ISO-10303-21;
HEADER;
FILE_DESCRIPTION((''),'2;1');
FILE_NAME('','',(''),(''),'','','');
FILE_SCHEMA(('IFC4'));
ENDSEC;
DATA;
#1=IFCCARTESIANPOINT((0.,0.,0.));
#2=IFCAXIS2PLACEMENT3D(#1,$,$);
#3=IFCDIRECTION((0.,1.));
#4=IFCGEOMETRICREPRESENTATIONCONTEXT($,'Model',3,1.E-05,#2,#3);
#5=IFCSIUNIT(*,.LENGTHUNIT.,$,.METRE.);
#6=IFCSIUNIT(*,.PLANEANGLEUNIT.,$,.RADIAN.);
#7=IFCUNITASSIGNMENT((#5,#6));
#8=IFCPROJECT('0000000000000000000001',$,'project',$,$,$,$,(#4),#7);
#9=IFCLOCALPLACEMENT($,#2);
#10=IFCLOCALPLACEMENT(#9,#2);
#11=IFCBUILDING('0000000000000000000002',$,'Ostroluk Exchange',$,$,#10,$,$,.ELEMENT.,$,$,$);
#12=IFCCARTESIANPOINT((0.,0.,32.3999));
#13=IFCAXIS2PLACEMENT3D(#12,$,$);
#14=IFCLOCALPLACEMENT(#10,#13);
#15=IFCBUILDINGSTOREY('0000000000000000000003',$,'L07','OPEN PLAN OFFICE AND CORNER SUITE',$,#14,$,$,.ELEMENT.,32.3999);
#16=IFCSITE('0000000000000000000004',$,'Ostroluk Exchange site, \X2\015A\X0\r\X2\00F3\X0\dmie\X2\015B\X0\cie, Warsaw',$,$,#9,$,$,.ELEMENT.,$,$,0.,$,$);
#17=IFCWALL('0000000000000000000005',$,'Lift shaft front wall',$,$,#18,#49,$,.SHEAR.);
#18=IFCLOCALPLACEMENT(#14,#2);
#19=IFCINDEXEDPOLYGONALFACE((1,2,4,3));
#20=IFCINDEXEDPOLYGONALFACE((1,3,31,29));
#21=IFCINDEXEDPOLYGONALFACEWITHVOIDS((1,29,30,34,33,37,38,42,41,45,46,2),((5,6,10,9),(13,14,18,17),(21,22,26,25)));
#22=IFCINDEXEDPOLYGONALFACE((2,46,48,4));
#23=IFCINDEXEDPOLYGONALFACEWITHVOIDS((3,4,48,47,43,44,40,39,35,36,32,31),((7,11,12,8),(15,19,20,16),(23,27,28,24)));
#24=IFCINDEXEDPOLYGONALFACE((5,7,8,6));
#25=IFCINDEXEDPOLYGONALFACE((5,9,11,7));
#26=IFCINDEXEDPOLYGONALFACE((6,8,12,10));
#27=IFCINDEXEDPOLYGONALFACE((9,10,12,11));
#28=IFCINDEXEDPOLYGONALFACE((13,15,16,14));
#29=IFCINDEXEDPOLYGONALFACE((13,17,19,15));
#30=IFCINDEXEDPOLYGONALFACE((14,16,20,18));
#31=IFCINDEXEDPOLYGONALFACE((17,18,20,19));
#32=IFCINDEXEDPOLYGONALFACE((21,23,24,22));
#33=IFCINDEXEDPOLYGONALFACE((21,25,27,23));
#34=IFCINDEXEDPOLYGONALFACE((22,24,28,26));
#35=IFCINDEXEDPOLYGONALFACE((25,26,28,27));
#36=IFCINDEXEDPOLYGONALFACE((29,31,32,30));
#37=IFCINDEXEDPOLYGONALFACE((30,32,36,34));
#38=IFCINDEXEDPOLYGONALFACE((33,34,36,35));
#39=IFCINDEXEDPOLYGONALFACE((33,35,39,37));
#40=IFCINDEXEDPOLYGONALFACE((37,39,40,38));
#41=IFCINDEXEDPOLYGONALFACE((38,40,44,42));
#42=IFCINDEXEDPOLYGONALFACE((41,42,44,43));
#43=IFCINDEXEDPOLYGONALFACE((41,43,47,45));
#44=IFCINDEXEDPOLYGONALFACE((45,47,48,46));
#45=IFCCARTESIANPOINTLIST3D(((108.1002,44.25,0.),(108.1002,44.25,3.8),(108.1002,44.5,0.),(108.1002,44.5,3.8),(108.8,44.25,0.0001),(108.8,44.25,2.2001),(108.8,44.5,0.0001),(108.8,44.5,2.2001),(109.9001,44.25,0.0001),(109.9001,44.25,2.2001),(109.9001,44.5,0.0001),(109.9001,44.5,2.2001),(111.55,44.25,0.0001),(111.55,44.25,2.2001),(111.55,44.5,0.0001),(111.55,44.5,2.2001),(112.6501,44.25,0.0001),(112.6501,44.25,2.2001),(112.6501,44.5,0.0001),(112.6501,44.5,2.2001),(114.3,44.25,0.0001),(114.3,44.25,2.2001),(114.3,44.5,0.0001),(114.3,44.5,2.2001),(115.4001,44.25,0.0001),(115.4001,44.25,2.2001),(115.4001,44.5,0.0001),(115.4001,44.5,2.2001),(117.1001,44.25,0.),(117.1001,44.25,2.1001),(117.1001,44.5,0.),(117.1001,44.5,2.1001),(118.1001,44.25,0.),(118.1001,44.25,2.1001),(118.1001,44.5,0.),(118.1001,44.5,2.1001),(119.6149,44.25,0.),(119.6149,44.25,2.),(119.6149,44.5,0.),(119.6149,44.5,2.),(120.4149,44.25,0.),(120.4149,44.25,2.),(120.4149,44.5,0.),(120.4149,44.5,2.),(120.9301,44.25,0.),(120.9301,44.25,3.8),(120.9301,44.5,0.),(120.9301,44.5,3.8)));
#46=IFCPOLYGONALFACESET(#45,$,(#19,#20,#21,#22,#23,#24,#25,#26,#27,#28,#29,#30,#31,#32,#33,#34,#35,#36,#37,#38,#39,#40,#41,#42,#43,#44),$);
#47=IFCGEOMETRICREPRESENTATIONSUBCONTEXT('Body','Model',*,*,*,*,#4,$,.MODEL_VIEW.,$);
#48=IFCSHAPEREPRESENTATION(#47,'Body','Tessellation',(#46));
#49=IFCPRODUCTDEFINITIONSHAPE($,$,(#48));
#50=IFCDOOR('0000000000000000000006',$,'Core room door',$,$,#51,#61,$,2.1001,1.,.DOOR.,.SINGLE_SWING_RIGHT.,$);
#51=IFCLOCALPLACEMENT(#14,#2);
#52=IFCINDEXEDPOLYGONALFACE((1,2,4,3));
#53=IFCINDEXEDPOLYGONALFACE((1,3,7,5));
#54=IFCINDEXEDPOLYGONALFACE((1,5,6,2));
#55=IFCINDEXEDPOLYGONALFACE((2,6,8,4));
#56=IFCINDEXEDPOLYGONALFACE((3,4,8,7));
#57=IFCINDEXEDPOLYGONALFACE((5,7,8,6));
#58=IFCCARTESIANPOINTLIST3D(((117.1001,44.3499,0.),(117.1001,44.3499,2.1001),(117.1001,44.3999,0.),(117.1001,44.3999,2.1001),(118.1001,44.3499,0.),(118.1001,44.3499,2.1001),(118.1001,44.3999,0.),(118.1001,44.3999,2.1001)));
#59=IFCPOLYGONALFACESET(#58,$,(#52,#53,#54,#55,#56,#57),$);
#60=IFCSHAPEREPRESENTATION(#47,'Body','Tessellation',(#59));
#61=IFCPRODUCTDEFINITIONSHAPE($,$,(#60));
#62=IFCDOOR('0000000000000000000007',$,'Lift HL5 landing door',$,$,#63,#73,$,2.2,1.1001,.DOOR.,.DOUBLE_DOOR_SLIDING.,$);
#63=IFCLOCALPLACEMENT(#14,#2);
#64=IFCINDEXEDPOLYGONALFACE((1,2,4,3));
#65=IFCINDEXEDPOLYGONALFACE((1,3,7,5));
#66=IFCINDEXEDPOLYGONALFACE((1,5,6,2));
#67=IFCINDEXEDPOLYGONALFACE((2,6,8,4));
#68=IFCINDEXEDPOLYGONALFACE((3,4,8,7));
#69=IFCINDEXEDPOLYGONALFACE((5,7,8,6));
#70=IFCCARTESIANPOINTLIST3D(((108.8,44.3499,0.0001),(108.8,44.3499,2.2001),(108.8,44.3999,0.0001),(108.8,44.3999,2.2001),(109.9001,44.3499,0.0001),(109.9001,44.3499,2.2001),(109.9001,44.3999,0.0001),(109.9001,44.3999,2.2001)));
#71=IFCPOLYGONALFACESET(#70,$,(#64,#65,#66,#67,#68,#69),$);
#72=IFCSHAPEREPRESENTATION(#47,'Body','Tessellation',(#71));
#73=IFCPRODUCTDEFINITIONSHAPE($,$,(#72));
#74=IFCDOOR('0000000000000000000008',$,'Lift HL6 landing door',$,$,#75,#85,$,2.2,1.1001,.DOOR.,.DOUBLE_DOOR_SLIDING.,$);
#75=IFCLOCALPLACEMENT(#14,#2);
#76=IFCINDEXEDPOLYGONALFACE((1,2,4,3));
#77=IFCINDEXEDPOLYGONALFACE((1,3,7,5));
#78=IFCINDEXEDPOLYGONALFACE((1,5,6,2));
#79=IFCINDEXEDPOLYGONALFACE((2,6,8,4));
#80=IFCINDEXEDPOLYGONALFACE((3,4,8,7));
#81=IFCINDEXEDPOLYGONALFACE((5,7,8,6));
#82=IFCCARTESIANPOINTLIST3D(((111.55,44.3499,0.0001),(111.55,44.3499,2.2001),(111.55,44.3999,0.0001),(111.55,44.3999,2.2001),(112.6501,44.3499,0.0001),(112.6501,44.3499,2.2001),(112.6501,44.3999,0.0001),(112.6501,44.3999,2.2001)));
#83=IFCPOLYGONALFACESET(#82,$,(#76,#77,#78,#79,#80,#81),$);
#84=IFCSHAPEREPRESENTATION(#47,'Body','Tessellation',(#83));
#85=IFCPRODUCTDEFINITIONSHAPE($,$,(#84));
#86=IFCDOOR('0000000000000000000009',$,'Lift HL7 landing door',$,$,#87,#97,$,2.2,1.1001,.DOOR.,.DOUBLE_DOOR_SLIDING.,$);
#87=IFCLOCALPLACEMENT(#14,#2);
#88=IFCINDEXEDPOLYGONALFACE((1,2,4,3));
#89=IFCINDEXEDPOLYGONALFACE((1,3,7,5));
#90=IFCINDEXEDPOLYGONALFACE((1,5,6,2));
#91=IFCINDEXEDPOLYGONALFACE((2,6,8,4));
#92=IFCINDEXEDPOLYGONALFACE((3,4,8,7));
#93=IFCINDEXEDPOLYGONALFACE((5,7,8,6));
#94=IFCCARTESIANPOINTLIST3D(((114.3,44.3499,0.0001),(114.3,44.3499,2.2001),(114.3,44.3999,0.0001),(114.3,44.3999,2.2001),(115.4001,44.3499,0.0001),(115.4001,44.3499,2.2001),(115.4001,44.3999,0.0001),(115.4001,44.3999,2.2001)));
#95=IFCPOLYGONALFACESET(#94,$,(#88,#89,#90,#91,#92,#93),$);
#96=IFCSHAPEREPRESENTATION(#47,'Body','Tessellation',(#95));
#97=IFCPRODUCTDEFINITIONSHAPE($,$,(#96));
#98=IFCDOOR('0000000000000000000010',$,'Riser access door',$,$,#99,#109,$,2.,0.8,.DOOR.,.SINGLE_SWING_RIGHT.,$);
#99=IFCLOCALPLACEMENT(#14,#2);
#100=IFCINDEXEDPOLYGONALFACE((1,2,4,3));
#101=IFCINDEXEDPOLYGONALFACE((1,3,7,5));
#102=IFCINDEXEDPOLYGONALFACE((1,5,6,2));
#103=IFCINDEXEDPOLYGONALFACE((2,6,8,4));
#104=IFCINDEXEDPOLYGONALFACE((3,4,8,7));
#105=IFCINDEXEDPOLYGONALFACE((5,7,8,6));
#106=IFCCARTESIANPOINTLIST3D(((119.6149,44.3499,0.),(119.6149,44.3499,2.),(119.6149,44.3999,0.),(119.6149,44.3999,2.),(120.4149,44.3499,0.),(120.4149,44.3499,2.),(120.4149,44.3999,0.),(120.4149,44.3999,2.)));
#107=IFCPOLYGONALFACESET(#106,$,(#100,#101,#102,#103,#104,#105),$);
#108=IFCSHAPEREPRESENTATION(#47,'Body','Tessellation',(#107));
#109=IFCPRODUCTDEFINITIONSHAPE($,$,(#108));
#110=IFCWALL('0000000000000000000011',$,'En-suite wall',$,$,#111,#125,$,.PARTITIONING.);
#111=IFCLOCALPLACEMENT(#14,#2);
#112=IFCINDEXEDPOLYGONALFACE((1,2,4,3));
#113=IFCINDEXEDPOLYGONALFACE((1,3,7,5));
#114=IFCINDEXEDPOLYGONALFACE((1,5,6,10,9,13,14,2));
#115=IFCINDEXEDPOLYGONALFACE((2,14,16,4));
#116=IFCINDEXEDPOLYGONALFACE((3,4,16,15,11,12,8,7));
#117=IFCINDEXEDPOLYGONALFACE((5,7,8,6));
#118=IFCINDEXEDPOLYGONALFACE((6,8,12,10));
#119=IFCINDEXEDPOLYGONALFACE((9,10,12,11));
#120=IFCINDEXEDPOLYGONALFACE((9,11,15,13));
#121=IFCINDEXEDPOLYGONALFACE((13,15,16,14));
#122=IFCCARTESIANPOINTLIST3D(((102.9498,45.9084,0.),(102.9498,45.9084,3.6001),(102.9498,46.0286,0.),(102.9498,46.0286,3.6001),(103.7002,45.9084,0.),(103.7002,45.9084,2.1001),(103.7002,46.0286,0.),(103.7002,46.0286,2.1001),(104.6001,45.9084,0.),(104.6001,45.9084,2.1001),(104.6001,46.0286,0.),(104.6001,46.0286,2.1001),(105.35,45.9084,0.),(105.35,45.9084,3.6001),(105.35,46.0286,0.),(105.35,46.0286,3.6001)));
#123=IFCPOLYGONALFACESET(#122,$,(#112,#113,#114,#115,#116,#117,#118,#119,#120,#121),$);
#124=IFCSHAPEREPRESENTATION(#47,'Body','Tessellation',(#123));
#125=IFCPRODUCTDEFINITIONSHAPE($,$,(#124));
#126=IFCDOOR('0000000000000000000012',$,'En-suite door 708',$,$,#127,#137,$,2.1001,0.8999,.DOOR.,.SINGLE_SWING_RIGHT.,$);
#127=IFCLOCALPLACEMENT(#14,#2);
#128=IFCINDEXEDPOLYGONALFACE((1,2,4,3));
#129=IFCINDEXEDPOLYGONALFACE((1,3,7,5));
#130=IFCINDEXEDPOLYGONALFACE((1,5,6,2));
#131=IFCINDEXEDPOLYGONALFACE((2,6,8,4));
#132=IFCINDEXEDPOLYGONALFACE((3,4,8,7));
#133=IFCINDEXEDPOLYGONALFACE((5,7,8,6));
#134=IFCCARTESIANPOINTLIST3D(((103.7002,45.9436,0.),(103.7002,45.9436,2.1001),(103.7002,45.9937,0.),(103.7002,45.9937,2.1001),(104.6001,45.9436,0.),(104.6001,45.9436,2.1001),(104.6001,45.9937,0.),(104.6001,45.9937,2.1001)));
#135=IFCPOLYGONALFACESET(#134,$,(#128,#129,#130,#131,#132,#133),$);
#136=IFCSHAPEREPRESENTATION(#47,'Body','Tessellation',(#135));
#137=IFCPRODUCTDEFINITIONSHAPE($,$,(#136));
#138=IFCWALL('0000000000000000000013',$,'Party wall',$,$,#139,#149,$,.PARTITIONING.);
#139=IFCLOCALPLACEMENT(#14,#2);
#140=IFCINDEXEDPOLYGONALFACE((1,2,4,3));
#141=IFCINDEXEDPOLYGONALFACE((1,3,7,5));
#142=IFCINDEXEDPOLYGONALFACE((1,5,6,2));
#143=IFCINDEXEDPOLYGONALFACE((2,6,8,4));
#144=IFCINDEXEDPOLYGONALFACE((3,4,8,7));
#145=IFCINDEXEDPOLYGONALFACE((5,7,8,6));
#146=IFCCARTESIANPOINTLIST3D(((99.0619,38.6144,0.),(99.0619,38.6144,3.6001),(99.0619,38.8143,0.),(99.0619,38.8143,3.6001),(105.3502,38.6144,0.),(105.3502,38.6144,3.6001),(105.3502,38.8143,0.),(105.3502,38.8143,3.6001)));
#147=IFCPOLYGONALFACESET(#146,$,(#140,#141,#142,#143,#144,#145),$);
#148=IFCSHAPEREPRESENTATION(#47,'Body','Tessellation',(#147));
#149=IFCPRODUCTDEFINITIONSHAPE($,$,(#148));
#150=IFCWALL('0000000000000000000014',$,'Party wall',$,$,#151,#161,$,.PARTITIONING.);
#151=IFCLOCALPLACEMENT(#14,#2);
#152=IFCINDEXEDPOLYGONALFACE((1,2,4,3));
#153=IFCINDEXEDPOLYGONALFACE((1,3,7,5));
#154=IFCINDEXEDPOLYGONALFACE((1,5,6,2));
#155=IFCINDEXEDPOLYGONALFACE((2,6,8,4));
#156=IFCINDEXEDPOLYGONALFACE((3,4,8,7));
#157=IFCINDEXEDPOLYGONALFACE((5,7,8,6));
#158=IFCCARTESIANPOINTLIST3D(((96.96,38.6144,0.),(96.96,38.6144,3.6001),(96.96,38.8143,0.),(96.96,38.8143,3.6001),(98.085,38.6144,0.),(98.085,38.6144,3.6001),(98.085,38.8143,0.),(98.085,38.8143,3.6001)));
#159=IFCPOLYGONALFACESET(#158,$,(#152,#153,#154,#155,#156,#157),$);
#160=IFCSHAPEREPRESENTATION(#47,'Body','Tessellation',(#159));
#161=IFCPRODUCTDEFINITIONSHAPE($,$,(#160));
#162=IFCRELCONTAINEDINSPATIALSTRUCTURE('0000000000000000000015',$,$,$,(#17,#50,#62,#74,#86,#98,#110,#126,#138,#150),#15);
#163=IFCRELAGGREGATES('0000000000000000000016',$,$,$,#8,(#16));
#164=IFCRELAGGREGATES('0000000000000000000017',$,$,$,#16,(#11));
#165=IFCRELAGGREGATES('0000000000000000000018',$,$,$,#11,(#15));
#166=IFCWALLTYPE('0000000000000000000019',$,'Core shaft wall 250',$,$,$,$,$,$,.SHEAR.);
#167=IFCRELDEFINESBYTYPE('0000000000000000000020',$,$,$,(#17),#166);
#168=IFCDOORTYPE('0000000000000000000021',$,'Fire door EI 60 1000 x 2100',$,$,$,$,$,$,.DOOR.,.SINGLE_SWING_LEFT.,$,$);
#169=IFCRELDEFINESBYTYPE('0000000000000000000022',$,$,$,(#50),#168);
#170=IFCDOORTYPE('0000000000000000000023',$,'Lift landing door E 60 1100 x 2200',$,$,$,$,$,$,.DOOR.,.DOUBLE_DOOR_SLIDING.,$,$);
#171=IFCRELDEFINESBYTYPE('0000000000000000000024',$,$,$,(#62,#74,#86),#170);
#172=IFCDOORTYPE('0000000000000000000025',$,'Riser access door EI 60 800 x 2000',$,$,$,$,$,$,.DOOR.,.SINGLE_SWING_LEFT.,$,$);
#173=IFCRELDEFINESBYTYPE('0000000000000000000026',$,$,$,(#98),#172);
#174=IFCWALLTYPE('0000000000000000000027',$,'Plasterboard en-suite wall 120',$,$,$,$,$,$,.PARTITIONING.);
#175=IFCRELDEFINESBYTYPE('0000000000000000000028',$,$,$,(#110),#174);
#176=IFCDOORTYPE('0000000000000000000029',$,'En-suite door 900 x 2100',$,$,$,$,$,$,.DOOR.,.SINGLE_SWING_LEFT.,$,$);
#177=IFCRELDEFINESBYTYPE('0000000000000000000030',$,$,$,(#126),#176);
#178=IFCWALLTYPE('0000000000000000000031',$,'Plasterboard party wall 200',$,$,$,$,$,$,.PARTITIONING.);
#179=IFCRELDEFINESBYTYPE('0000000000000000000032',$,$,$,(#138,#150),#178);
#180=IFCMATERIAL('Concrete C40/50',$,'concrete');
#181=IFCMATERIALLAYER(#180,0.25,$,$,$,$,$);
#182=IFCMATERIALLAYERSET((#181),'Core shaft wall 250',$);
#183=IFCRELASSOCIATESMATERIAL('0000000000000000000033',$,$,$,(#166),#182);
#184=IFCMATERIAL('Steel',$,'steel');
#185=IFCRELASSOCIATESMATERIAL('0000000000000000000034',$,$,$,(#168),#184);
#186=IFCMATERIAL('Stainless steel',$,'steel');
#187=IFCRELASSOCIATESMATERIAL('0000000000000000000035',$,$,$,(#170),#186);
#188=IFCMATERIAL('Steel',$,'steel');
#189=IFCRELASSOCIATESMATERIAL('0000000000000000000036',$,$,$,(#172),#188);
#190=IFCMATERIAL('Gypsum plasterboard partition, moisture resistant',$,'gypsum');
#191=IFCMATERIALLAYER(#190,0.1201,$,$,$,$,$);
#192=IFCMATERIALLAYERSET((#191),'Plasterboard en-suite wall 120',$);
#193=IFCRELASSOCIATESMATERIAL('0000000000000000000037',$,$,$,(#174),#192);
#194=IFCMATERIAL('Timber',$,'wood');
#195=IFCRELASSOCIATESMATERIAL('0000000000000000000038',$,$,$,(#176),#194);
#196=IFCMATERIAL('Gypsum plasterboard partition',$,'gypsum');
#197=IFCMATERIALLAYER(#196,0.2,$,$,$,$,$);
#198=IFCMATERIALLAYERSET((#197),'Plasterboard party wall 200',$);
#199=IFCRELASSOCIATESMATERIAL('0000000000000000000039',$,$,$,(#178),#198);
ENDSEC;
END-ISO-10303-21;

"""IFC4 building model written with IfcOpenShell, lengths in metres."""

from ifc_helpers import new_model, si_unit, direction, frame, frame_2d, origin, place, context, subcontext, project, spatial, rectangle, extrude, material, layer, layer_set, type_object, element, fill, save


model = new_model("IFC4")

# Units and contexts
model_context = context("Model", 3, precision=1e-05, world=origin(), true_north=direction((0.0, 1.0)))
body_context = subcontext(model_context, "Body", "Model", "MODEL_VIEW")
ifc_project = project(units=[si_unit("LENGTHUNIT", "METRE"), si_unit("PLANEANGLEUNIT", "RADIAN")], contexts=[model_context])

# Site, building, storey
site_placement = place(None, origin())
site = spatial("IfcSite", under=ifc_project, at=site_placement, Name="Ostroluk Exchange site, Śródmieście, Warsaw", CompositionType="ELEMENT", RefElevation=0.0)
building_placement = place(site_placement, origin())
building = spatial("IfcBuilding", under=site, at=building_placement, Name="Ostroluk Exchange", CompositionType="ELEMENT")
storey_placement = place(building_placement, frame((0.0, 0.0, 32.3999)))
storey = spatial("IfcBuildingStorey", under=building, at=storey_placement, Name="L07", Description="OPEN PLAN OFFICE AND CORNER SUITE", CompositionType="ELEMENT", Elevation=32.3999)

# Shared definitions
ifc_material_1 = material(Name="Concrete C40/50", Category="concrete")
ifc_layer_1 = layer(ifc_material_1, 0.25)
ifc_layer_set_1 = layer_set([ifc_layer_1], Name="Core shaft wall 250")
wall_type_1 = type_object("IfcWallType", Name="Core shaft wall 250", PredefinedType="SHEAR", material=ifc_layer_set_1)

# Wall, openings, doors
wall_1_placement = place(storey_placement, frame((108.1001, 44.375, 0.0), z_axis=(0.0, 0.0, 1.0), x_axis=(1.0, 0.0, 0.0)))
wall_1 = element("IfcWall", 1, at=wall_1_placement, inside=storey, type_object=wall_type_1, Name="Lift shaft front wall", PredefinedType="SHEAR", context=body_context, shape_type="SweptSolid", body=[
    extrude(rectangle(XDim=12.8298, YDim=0.25, at=frame_2d((6.415, 0.0))), origin(), (0.0, 0.0, 1.0), 3.8),
])
opening_1_placement = place(wall_1_placement, frame((0.7, 0.0, 0.0)))
opening_1 = element("IfcOpeningElement", 2, at=opening_1_placement, cuts=wall_1, PredefinedType="OPENING", context=body_context, shape_type="SweptSolid", body=[
    extrude(rectangle(XDim=1.1001, YDim=2.2, at=frame_2d((0.55, 1.1001))), frame((0.0, 0.135, 0.0), z_axis=(0.0, -1.0, 0.0), x_axis=(1.0, 0.0, 0.0)), (0.0, 0.0, 1.0), 0.27),
])
opening_2_placement = place(wall_1_placement, frame((3.45, 0.0, 0.0)))
opening_2 = element("IfcOpeningElement", 3, at=opening_2_placement, cuts=wall_1, PredefinedType="OPENING", context=body_context, shape_type="SweptSolid", body=[
    extrude(rectangle(XDim=1.1001, YDim=2.2, at=frame_2d((0.55, 1.1001))), frame((0.0, 0.135, 0.0), z_axis=(0.0, -1.0, 0.0), x_axis=(1.0, 0.0, 0.0)), (0.0, 0.0, 1.0), 0.27),
])
opening_3_placement = place(wall_1_placement, frame((6.2, 0.0, 0.0)))
opening_3 = element("IfcOpeningElement", 4, at=opening_3_placement, cuts=wall_1, PredefinedType="OPENING", context=body_context, shape_type="SweptSolid", body=[
    extrude(rectangle(XDim=1.1001, YDim=2.2, at=frame_2d((0.55, 1.1001))), frame((0.0, 0.135, 0.0), z_axis=(0.0, -1.0, 0.0), x_axis=(1.0, 0.0, 0.0)), (0.0, 0.0, 1.0), 0.27),
])
opening_4_placement = place(wall_1_placement, frame((9.0, 0.0, 0.0)))
opening_4 = element("IfcOpeningElement", 5, at=opening_4_placement, cuts=wall_1, PredefinedType="OPENING", context=body_context, shape_type="SweptSolid", body=[
    extrude(rectangle(XDim=1.0, YDim=2.1001, at=frame_2d((0.5, 1.05))), frame((0.0, 0.135, 0.0), z_axis=(0.0, -1.0, 0.0), x_axis=(1.0, 0.0, 0.0)), (0.0, 0.0, 1.0), 0.27),
])
opening_5_placement = place(wall_1_placement, frame((11.5149, 0.0, 0.0)))
opening_5 = element("IfcOpeningElement", 6, at=opening_5_placement, cuts=wall_1, PredefinedType="OPENING", context=body_context, shape_type="SweptSolid", body=[
    extrude(rectangle(XDim=0.8, YDim=2.0, at=frame_2d((0.3999, 1.0))), frame((0.0, 0.135, 0.0), z_axis=(0.0, -1.0, 0.0), x_axis=(1.0, 0.0, 0.0)), (0.0, 0.0, 1.0), 0.27),
])
ifc_material_2 = material(Name="Steel", Category="steel")
door_type_1 = type_object("IfcDoorType", Name="Fire door EI 60 1000 x 2100", OperationType="SINGLE_SWING_LEFT", PredefinedType="DOOR", material=ifc_material_2)
door_1_placement = place(opening_4_placement, origin())
door_1 = element("IfcDoor", 7, at=door_1_placement, inside=storey, type_object=door_type_1, Name="Core room door", OperationType="SINGLE_SWING_RIGHT", OverallHeight=2.1001, OverallWidth=1.0, PredefinedType="DOOR", context=body_context, shape_type="SweptSolid", body=[
    extrude(rectangle(XDim=1.0, YDim=2.1001, at=frame_2d((0.5, 1.05))), frame((0.0, 0.0249, 0.0), z_axis=(0.0, -1.0, 0.0), x_axis=(1.0, 0.0, 0.0)), (0.0, 0.0, 1.0), 0.05),
])
fill(opening_4, door_1)
ifc_material_3 = material(Name="Stainless steel", Category="steel")
door_type_2 = type_object("IfcDoorType", Name="Lift landing door E 60 1100 x 2200", OperationType="DOUBLE_DOOR_SLIDING", PredefinedType="DOOR", material=ifc_material_3)
door_2_placement = place(opening_1_placement, origin())
door_2 = element("IfcDoor", 8, at=door_2_placement, inside=storey, type_object=door_type_2, Name="Lift HL5 landing door", OperationType="DOUBLE_DOOR_SLIDING", OverallHeight=2.2, OverallWidth=1.1001, PredefinedType="DOOR", context=body_context, shape_type="SweptSolid", body=[
    extrude(rectangle(XDim=1.1001, YDim=2.2, at=frame_2d((0.55, 1.1001))), frame((0.0, 0.0249, 0.0), z_axis=(0.0, -1.0, 0.0), x_axis=(1.0, 0.0, 0.0)), (0.0, 0.0, 1.0), 0.05),
])
fill(opening_1, door_2)
door_3_placement = place(opening_2_placement, origin())
door_3 = element("IfcDoor", 9, at=door_3_placement, inside=storey, type_object=door_type_2, Name="Lift HL6 landing door", OperationType="DOUBLE_DOOR_SLIDING", OverallHeight=2.2, OverallWidth=1.1001, PredefinedType="DOOR", context=body_context, shape_type="SweptSolid", body=[
    extrude(rectangle(XDim=1.1001, YDim=2.2, at=frame_2d((0.55, 1.1001))), frame((0.0, 0.0249, 0.0), z_axis=(0.0, -1.0, 0.0), x_axis=(1.0, 0.0, 0.0)), (0.0, 0.0, 1.0), 0.05),
])
fill(opening_2, door_3)
door_4_placement = place(opening_3_placement, origin())
door_4 = element("IfcDoor", 10, at=door_4_placement, inside=storey, type_object=door_type_2, Name="Lift HL7 landing door", OperationType="DOUBLE_DOOR_SLIDING", OverallHeight=2.2, OverallWidth=1.1001, PredefinedType="DOOR", context=body_context, shape_type="SweptSolid", body=[
    extrude(rectangle(XDim=1.1001, YDim=2.2, at=frame_2d((0.55, 1.1001))), frame((0.0, 0.0249, 0.0), z_axis=(0.0, -1.0, 0.0), x_axis=(1.0, 0.0, 0.0)), (0.0, 0.0, 1.0), 0.05),
])
fill(opening_3, door_4)
ifc_material_4 = material(Name="Steel", Category="steel")
door_type_3 = type_object("IfcDoorType", Name="Riser access door EI 60 800 x 2000", OperationType="SINGLE_SWING_LEFT", PredefinedType="DOOR", material=ifc_material_4)
door_5_placement = place(opening_5_placement, origin())
door_5 = element("IfcDoor", 11, at=door_5_placement, inside=storey, type_object=door_type_3, Name="Riser access door", OperationType="SINGLE_SWING_RIGHT", OverallHeight=2.0, OverallWidth=0.8, PredefinedType="DOOR", context=body_context, shape_type="SweptSolid", body=[
    extrude(rectangle(XDim=0.8, YDim=2.0, at=frame_2d((0.3999, 1.0))), frame((0.0, 0.0249, 0.0), z_axis=(0.0, -1.0, 0.0), x_axis=(1.0, 0.0, 0.0)), (0.0, 0.0, 1.0), 0.05),
])
fill(opening_5, door_5)

# Wall, opening, door
ifc_material_5 = material(Name="Gypsum plasterboard partition, moisture resistant", Category="gypsum")
ifc_layer_2 = layer(ifc_material_5, 0.1201)
ifc_layer_set_2 = layer_set([ifc_layer_2], Name="Plasterboard en-suite wall 120")
wall_type_2 = type_object("IfcWallType", Name="Plasterboard en-suite wall 120", PredefinedType="PARTITIONING", material=ifc_layer_set_2)
wall_2_placement = place(storey_placement, frame((105.3501, 45.9685, 0.0), z_axis=(0.0, 0.0, 1.0), x_axis=(-1.0, 0.0, 0.0)))
wall_2 = element("IfcWall", 12, at=wall_2_placement, inside=storey, type_object=wall_type_2, Name="En-suite wall", PredefinedType="PARTITIONING", context=body_context, shape_type="SweptSolid", body=[
    extrude(rectangle(XDim=2.4001, YDim=0.1201, at=frame_2d((1.2002, 0.0))), origin(), (0.0, 0.0, 1.0), 3.6001),
])
opening_6_placement = place(wall_2_placement, frame((0.75, 0.0, 0.0)))
opening_6 = element("IfcOpeningElement", 13, at=opening_6_placement, cuts=wall_2, PredefinedType="OPENING", context=body_context, shape_type="SweptSolid", body=[
    extrude(rectangle(XDim=0.8999, YDim=2.1001, at=frame_2d((0.45, 1.05))), frame((0.0, 0.0701, 0.0), z_axis=(0.0, -1.0, 0.0), x_axis=(1.0, 0.0, 0.0)), (0.0, 0.0, 1.0), 0.1401),
])
ifc_material_6 = material(Name="Timber", Category="wood")
door_type_4 = type_object("IfcDoorType", Name="En-suite door 900 x 2100", OperationType="SINGLE_SWING_LEFT", PredefinedType="DOOR", material=ifc_material_6)
door_6_placement = place(opening_6_placement, origin())
door_6 = element("IfcDoor", 14, at=door_6_placement, inside=storey, type_object=door_type_4, Name="En-suite door 708", OperationType="SINGLE_SWING_RIGHT", OverallHeight=2.1001, OverallWidth=0.8999, PredefinedType="DOOR", context=body_context, shape_type="SweptSolid", body=[
    extrude(rectangle(XDim=0.8999, YDim=2.1001, at=frame_2d((0.45, 1.05))), frame((0.0, 0.0249, 0.0), z_axis=(0.0, -1.0, 0.0), x_axis=(1.0, 0.0, 0.0)), (0.0, 0.0, 1.0), 0.05),
])
fill(opening_6, door_6)

# Walls
ifc_material_7 = material(Name="Gypsum plasterboard partition", Category="gypsum")
ifc_layer_3 = layer(ifc_material_7, 0.2)
ifc_layer_set_3 = layer_set([ifc_layer_3], Name="Plasterboard party wall 200")
wall_type_3 = type_object("IfcWallType", Name="Plasterboard party wall 200", PredefinedType="PARTITIONING", material=ifc_layer_set_3)
wall_3_placement = place(storey_placement, frame((105.3501, 38.7144, 0.0), z_axis=(0.0, 0.0, 1.0), x_axis=(-1.0, 0.0, 0.0)))
element("IfcWall", 15, at=wall_3_placement, inside=storey, type_object=wall_type_3, Name="Party wall", PredefinedType="PARTITIONING", context=body_context, shape_type="SweptSolid", body=[
    extrude(rectangle(XDim=6.2883, YDim=0.2, at=frame_2d((3.144, 0.0))), origin(), (0.0, 0.0, 1.0), 3.6001),
])
wall_4_placement = place(storey_placement, frame((98.085, 38.7144, 0.0), z_axis=(0.0, 0.0, 1.0), x_axis=(-1.0, 0.0, 0.0)))
element("IfcWall", 16, at=wall_4_placement, inside=storey, type_object=wall_type_3, Name="Party wall", PredefinedType="PARTITIONING", context=body_context, shape_type="SweptSolid", body=[
    extrude(rectangle(XDim=1.125, YDim=0.2, at=frame_2d((0.5625, 0.0))), origin(), (0.0, 0.0, 1.0), 3.6001),
])

save(model, "model.ifc")
